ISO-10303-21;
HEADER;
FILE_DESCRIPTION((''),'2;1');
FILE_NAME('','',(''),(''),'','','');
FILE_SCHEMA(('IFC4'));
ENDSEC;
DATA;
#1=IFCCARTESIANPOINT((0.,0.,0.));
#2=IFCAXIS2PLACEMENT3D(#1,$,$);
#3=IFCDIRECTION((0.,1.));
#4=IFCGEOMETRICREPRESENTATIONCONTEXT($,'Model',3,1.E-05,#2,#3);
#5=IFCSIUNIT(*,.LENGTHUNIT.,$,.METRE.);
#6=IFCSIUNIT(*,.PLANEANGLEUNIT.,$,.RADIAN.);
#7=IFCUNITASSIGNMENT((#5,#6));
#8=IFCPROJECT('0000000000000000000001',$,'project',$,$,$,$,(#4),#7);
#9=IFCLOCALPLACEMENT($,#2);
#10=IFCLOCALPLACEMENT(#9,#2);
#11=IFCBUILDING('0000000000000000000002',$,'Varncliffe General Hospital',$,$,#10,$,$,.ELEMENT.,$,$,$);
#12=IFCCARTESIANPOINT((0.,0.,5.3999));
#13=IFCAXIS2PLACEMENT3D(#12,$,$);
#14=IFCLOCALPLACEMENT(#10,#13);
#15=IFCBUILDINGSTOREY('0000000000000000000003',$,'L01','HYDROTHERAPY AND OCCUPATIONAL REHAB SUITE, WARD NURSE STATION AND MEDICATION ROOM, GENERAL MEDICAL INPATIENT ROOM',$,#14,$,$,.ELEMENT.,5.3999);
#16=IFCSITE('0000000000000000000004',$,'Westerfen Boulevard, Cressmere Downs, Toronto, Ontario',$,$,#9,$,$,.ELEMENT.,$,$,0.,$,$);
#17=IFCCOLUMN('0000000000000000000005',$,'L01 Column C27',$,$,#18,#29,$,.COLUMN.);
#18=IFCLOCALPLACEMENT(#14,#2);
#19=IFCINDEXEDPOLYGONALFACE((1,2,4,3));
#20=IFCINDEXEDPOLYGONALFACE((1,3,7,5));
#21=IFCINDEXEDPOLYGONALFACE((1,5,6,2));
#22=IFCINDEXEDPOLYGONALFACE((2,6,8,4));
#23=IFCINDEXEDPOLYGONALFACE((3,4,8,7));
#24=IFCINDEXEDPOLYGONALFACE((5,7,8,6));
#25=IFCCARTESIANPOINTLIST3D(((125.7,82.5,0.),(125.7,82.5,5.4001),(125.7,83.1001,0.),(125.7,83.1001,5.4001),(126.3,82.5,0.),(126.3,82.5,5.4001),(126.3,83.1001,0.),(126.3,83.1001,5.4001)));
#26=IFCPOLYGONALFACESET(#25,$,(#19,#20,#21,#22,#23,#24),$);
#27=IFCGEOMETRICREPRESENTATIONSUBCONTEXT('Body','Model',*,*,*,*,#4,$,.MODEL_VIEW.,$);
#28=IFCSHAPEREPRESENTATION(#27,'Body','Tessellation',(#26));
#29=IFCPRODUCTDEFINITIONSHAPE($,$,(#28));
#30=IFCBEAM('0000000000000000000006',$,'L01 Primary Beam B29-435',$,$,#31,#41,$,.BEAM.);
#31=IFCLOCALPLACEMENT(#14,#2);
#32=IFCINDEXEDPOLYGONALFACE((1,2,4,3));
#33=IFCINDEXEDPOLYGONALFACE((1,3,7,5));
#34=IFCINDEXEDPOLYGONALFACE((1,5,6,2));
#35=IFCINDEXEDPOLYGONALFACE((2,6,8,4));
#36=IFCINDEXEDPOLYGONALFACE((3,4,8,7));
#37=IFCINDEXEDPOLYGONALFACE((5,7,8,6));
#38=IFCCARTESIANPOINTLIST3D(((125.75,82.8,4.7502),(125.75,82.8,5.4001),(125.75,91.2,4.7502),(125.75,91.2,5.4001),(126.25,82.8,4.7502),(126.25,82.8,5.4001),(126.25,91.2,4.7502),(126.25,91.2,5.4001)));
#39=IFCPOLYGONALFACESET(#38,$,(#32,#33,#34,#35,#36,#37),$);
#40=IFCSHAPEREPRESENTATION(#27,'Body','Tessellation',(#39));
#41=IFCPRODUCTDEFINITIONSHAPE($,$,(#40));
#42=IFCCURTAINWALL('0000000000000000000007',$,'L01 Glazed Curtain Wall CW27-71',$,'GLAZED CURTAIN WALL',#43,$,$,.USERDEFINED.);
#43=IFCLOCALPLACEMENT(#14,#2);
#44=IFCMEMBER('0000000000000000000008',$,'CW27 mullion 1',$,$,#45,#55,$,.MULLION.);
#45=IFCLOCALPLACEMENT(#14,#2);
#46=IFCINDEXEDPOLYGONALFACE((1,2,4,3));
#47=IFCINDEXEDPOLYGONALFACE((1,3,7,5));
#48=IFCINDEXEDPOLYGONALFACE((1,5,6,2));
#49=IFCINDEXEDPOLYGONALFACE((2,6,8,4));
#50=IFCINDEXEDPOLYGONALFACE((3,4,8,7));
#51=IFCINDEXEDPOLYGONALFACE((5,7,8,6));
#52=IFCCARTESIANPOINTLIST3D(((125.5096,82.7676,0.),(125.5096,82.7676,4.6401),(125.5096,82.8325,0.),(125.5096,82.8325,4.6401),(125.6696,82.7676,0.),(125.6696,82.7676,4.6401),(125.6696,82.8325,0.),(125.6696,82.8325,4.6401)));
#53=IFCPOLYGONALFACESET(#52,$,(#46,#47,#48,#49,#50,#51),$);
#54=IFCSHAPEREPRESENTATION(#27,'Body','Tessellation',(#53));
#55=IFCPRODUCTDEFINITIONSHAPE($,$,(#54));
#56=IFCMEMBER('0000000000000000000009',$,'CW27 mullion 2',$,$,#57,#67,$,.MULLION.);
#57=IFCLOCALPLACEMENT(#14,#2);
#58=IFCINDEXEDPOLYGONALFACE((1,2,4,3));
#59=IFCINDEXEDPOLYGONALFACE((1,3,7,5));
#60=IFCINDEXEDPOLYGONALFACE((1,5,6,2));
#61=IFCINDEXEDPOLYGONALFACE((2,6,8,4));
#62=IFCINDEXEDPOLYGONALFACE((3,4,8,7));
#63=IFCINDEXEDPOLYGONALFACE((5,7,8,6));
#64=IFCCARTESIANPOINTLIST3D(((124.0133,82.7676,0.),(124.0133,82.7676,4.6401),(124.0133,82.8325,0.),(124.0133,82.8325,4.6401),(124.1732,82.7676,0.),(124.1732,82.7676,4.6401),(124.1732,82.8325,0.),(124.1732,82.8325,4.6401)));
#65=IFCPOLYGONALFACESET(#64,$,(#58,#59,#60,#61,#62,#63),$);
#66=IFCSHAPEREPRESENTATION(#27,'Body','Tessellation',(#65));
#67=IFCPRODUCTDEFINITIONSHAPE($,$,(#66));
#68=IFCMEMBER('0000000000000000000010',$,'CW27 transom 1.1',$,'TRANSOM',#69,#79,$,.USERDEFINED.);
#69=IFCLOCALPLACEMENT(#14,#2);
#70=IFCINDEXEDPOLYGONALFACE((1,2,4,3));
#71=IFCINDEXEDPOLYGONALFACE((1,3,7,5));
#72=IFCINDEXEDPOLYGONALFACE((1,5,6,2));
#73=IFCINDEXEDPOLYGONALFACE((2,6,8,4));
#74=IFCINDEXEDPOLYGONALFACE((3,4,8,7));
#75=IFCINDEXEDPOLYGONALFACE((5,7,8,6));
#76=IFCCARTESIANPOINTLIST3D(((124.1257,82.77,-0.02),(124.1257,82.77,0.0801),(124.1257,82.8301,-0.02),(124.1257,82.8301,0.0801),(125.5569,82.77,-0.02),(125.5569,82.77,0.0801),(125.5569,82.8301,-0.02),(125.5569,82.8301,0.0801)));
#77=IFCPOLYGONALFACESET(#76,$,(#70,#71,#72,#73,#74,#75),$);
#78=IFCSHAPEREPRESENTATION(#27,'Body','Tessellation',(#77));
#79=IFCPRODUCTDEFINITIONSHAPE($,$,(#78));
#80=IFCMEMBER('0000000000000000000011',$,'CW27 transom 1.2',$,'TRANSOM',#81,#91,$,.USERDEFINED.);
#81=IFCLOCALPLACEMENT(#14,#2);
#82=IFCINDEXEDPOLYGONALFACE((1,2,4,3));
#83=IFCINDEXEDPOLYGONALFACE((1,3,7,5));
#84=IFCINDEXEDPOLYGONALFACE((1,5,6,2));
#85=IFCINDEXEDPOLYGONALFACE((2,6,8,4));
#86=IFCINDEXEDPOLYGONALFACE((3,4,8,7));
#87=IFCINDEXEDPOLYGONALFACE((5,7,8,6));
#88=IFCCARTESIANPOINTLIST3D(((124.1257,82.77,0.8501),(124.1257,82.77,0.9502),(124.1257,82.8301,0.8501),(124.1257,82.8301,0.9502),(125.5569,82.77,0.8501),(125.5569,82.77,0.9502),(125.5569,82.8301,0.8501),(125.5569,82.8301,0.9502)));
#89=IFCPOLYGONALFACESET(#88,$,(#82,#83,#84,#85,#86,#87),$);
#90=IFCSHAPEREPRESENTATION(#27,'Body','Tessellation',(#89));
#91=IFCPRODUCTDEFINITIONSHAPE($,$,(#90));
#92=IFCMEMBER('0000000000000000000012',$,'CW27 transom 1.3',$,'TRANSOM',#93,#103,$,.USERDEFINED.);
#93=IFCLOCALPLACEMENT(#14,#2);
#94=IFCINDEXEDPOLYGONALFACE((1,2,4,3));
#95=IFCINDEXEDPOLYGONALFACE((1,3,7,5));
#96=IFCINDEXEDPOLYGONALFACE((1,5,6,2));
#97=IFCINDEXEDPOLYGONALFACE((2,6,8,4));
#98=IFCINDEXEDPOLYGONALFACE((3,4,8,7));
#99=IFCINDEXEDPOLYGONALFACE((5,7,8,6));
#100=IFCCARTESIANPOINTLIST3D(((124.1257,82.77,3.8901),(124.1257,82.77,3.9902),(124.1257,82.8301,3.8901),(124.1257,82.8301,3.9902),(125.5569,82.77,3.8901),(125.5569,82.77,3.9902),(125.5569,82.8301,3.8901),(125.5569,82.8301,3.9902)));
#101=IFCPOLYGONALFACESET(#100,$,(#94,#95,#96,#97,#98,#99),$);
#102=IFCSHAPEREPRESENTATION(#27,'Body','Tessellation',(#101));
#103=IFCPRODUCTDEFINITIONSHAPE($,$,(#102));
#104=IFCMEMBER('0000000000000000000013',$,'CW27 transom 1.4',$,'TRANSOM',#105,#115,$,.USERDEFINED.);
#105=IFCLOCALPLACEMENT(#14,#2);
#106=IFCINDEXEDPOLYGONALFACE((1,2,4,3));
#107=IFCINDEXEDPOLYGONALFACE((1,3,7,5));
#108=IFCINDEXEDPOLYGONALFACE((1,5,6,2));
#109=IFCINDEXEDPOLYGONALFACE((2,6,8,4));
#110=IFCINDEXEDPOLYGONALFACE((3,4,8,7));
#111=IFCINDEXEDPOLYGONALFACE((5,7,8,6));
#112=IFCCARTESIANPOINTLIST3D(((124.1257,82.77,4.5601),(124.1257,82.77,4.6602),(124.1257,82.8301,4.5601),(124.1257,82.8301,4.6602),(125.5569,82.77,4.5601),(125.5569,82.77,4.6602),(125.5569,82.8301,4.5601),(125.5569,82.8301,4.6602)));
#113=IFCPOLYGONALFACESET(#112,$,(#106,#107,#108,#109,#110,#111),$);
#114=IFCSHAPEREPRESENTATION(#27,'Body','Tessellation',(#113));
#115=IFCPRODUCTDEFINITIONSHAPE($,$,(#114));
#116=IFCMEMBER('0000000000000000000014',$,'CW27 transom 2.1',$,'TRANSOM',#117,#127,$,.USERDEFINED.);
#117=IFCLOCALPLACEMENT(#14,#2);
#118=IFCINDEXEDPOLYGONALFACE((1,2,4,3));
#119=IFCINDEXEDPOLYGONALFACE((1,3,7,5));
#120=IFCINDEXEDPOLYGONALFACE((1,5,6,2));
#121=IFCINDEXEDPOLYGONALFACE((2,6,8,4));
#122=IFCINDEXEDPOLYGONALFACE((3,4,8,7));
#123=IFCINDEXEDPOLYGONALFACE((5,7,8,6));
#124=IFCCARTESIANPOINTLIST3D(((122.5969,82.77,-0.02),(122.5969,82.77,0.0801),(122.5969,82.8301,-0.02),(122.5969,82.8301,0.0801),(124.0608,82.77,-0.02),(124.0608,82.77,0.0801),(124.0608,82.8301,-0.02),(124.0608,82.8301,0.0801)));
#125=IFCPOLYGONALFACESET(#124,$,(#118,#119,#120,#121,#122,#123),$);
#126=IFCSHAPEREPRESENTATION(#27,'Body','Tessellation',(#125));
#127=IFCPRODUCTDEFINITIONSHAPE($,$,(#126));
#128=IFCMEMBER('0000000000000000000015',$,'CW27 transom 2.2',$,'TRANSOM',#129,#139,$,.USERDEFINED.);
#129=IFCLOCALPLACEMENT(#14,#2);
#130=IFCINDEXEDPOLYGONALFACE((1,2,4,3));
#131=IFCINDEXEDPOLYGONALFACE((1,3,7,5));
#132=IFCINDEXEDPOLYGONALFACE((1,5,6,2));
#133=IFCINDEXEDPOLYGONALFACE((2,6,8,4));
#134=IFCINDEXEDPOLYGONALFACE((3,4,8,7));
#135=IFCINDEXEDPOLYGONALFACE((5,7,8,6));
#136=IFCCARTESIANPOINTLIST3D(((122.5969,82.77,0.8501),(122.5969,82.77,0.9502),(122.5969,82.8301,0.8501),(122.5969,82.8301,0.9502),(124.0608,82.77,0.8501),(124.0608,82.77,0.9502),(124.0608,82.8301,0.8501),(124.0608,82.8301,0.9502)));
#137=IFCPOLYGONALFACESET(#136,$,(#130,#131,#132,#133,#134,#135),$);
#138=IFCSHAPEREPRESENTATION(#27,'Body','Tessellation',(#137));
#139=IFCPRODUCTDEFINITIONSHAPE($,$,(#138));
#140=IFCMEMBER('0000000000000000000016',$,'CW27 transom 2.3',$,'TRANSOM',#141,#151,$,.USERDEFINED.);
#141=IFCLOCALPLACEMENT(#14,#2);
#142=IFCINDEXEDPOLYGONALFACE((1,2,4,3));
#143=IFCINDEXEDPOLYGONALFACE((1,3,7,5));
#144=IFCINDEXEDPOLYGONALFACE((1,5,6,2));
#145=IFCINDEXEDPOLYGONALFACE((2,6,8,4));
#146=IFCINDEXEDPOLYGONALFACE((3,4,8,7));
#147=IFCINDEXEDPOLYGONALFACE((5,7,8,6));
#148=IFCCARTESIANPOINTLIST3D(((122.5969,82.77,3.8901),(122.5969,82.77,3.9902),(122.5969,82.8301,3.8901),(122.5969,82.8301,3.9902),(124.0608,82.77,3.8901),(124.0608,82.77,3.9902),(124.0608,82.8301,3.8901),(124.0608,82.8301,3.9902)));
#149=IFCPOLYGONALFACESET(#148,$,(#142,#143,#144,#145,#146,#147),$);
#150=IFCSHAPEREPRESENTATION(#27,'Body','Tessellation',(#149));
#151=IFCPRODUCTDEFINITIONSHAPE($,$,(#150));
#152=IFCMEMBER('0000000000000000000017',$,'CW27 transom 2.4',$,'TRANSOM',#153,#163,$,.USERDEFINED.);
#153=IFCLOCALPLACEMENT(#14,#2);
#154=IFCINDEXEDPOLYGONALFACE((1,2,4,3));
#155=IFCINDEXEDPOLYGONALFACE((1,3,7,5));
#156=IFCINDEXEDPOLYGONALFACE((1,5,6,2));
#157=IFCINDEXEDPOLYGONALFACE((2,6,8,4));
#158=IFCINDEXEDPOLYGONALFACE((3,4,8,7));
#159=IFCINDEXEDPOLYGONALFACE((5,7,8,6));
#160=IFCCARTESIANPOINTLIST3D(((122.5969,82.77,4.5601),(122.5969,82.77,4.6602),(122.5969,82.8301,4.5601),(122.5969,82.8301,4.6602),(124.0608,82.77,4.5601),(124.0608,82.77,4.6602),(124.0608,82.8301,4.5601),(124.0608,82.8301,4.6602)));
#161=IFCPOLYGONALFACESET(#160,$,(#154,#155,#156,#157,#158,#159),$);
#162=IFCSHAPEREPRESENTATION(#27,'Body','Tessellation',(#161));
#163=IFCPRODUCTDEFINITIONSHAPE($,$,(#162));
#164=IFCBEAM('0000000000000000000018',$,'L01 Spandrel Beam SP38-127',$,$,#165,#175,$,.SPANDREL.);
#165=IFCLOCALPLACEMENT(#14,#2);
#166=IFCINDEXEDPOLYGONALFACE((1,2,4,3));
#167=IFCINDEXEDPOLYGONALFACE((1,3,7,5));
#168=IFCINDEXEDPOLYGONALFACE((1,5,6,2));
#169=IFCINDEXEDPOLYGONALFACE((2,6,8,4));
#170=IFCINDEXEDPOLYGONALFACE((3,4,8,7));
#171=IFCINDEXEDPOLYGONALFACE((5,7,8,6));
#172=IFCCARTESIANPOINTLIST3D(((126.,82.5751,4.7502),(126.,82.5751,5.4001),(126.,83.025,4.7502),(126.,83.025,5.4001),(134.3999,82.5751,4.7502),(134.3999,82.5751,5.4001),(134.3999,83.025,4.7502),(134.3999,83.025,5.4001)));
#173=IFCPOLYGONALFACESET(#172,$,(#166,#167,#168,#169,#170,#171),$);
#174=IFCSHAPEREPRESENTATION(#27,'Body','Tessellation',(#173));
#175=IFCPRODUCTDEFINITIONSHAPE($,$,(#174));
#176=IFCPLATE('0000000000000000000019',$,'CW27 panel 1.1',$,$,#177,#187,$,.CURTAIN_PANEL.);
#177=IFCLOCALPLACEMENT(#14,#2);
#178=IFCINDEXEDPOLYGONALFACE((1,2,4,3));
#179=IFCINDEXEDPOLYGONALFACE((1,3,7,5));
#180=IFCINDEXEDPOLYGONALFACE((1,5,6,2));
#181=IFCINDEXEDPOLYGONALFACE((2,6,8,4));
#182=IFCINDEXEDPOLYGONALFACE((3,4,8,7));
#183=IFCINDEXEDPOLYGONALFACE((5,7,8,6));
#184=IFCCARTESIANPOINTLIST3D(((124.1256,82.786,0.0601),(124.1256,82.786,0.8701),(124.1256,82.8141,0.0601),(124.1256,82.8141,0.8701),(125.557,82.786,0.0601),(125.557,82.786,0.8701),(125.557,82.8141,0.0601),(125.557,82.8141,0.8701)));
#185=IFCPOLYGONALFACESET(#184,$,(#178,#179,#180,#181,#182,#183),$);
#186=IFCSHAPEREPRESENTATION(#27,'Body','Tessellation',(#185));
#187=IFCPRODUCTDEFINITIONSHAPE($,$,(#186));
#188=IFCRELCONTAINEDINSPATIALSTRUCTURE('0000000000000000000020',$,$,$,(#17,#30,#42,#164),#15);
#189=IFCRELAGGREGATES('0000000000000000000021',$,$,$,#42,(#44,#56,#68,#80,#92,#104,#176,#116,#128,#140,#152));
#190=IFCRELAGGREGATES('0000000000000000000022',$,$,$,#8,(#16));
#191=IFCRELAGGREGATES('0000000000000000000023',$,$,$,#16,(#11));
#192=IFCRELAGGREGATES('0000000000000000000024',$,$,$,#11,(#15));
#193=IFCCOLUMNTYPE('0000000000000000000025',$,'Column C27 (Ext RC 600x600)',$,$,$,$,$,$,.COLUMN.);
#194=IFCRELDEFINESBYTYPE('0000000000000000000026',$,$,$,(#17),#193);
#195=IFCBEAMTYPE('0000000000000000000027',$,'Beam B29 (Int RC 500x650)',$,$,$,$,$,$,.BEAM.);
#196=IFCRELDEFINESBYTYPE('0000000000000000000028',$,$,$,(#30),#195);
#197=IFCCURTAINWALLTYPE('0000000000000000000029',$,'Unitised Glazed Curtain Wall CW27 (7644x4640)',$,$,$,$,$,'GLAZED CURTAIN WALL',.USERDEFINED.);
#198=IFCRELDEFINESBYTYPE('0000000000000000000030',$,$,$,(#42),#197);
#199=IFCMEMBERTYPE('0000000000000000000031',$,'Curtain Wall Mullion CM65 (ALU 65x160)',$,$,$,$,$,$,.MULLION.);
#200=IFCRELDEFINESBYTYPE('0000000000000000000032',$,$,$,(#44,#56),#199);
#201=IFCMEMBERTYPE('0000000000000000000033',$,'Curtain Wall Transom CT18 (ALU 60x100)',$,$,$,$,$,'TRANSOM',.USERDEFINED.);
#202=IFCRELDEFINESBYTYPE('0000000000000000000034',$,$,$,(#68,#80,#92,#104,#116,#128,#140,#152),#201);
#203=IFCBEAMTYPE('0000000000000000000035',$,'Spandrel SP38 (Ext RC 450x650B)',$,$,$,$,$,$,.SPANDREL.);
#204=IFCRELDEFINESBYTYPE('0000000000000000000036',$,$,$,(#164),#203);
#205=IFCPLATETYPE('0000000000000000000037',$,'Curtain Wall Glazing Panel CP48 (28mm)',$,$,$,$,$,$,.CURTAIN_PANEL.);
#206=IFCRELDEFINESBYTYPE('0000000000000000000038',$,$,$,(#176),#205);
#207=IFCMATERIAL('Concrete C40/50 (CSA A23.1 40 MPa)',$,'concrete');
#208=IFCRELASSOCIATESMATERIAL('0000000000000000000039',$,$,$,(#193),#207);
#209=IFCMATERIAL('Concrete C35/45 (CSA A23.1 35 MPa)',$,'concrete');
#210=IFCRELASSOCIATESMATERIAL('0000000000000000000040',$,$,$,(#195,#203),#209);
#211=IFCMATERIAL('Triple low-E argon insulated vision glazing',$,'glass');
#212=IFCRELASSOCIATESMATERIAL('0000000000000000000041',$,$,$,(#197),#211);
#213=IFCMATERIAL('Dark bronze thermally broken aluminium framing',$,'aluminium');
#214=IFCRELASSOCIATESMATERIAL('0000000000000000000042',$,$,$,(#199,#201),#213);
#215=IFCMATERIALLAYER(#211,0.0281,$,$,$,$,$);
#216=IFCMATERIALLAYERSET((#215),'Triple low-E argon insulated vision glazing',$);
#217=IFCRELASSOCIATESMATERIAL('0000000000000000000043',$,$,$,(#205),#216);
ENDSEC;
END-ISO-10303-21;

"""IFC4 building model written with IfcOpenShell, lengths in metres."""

from ifc_helpers import new_model, si_unit, direction, frame, origin, origin_2d, place, context, subcontext, project, spatial, rectangle, extrude, material, layer, layer_set, material_profile, profile_set, type_object, element, aggregate, save


model = new_model("IFC4")

# Units and contexts
model_context = context("Model", 3, precision=1e-05, world=origin(), true_north=direction((0.0, 1.0)))
body_context = subcontext(model_context, "Body", "Model", "MODEL_VIEW")
ifc_project = project(units=[si_unit("LENGTHUNIT", "METRE"), si_unit("PLANEANGLEUNIT", "RADIAN")], contexts=[model_context])

# Site, building, storey
site_placement = place(None, origin())
site = spatial("IfcSite", under=ifc_project, at=site_placement, Name="Westerfen Boulevard, Cressmere Downs, Toronto, Ontario", CompositionType="ELEMENT", RefElevation=0.0)
building_placement = place(site_placement, origin())
building = spatial("IfcBuilding", under=site, at=building_placement, Name="Varncliffe General Hospital", CompositionType="ELEMENT")
storey_placement = place(building_placement, frame((0.0, 0.0, 5.3999)))
storey = spatial("IfcBuildingStorey", under=building, at=storey_placement, Name="L01", Description="HYDROTHERAPY AND OCCUPATIONAL REHAB SUITE, WARD NURSE STATION AND MEDICATION ROOM, GENERAL MEDICAL INPATIENT ROOM", CompositionType="ELEMENT", Elevation=5.3999)

# Column
ifc_material_1 = material(Name="Concrete C40/50 (CSA A23.1 40 MPa)", Category="concrete")
ifc_material_profile_1 = material_profile(ifc_material_1, rectangle(XDim=0.6001, YDim=0.6001, at=origin_2d()), Name="RC 600x600")
ifc_profile_set_1 = profile_set([ifc_material_profile_1], Name="Concrete C40/50 (CSA A23.1 40 MPa)")
column_type = type_object("IfcColumnType", Name="Column C27 (Ext RC 600x600)", PredefinedType="COLUMN", material=ifc_profile_set_1)
column_placement = place(storey_placement, frame((126.0, 82.8, 0.0), z_axis=(0.0, 0.0, 1.0), x_axis=(1.0, 0.0, 0.0)))
element("IfcColumn", 1, at=column_placement, inside=storey, type_object=column_type, Name="L01 Column C27", PredefinedType="COLUMN", context=body_context, shape_type="SweptSolid", body=[
    extrude(rectangle(XDim=0.6001, YDim=0.6001, at=origin_2d()), origin(), (0.0, 0.0, 1.0), 5.4001),
])

# Beam
ifc_material_2 = material(Name="Concrete C35/45 (CSA A23.1 35 MPa)", Category="concrete")
ifc_material_profile_2 = material_profile(ifc_material_2, rectangle(XDim=0.5, YDim=0.6499, at=origin_2d()), Name="RC 500x650")
ifc_profile_set_2 = profile_set([ifc_material_profile_2], Name="Concrete C35/45 (CSA A23.1 35 MPa)")
beam_type_1 = type_object("IfcBeamType", Name="Beam B29 (Int RC 500x650)", PredefinedType="BEAM", material=ifc_profile_set_2)
beam_1_placement = place(storey_placement, frame((126.0, 82.8, 5.0752), z_axis=(0.0, 1.0, 0.0), x_axis=(-1.0, 0.0, 0.0)))
element("IfcBeam", 2, at=beam_1_placement, inside=storey, type_object=beam_type_1, Name="L01 Primary Beam B29-435", PredefinedType="BEAM", context=body_context, shape_type="SweptSolid", body=[
    extrude(rectangle(XDim=0.5, YDim=0.6499, at=origin_2d()), origin(), (0.0, 0.0, 1.0), 8.3999),
])

# Curtain wall, members
ifc_material_3 = material(Name="Triple low-E argon insulated vision glazing", Category="glass")
curtain_wall_type = type_object("IfcCurtainWallType", Name="Unitised Glazed Curtain Wall CW27 (7644x4640)", ElementType="GLAZED CURTAIN WALL", PredefinedType="USERDEFINED", material=ifc_material_3)
curtain_wall_placement = place(storey_placement, origin())
curtain_wall = element("IfcCurtainWall", 3, at=curtain_wall_placement, inside=storey, type_object=curtain_wall_type, Name="L01 Glazed Curtain Wall CW27-71", ObjectType="GLAZED CURTAIN WALL", PredefinedType="USERDEFINED")
ifc_material_4 = material(Name="Dark bronze thermally broken aluminium framing", Category="aluminium")
ifc_material_profile_3 = material_profile(ifc_material_4, rectangle(XDim=0.0649, YDim=0.1599, at=origin_2d()), Name="ALU 65x160")
ifc_profile_set_3 = profile_set([ifc_material_profile_3], Name="Dark bronze thermally broken aluminium framing")
member_type_1 = type_object("IfcMemberType", Name="Curtain Wall Mullion CM65 (ALU 65x160)", PredefinedType="MULLION", material=ifc_profile_set_3)
member_1_placement = place(storey_placement, frame((125.5896, 82.8, 0.0), z_axis=(0.0, 0.0, 1.0), x_axis=(0.0, -1.0, 0.0)))
member_1 = element("IfcMember", 4, at=member_1_placement, type_object=member_type_1, Name="CW27 mullion 1", PredefinedType="MULLION", context=body_context, shape_type="SweptSolid", body=[
    extrude(rectangle(XDim=0.0649, YDim=0.1599, at=origin_2d()), origin(), (0.0, 0.0, 1.0), 4.6401),
])
member_2_placement = place(storey_placement, frame((124.0933, 82.8, 0.0), z_axis=(0.0, 0.0, 1.0), x_axis=(0.0, -1.0, 0.0)))
member_2 = element("IfcMember", 5, at=member_2_placement, type_object=member_type_1, Name="CW27 mullion 2", PredefinedType="MULLION", context=body_context, shape_type="SweptSolid", body=[
    extrude(rectangle(XDim=0.0649, YDim=0.1599, at=origin_2d()), origin(), (0.0, 0.0, 1.0), 4.6401),
])
ifc_material_profile_4 = material_profile(ifc_material_4, rectangle(XDim=0.0601, YDim=0.1001, at=origin_2d()), Name="ALU 60x100")
ifc_profile_set_4 = profile_set([ifc_material_profile_4], Name="Dark bronze thermally broken aluminium framing")
member_type_2 = type_object("IfcMemberType", Name="Curtain Wall Transom CT18 (ALU 60x100)", ElementType="TRANSOM", PredefinedType="USERDEFINED", material=ifc_profile_set_4)
member_3_placement = place(storey_placement, frame((125.5569, 82.8, 0.03), z_axis=(-1.0, 0.0, 0.0), x_axis=(0.0, -1.0, 0.0)))
member_3 = element("IfcMember", 6, at=member_3_placement, type_object=member_type_2, Name="CW27 transom 1.1", ObjectType="TRANSOM", PredefinedType="USERDEFINED", context=body_context, shape_type="SweptSolid", body=[
    extrude(rectangle(XDim=0.0601, YDim=0.1001, at=origin_2d()), origin(), (0.0, 0.0, 1.0), 1.4312),
])
member_4_placement = place(storey_placement, frame((125.5569, 82.8, 0.9001), z_axis=(-1.0, 0.0, 0.0), x_axis=(0.0, -1.0, 0.0)))
member_4 = element("IfcMember", 7, at=member_4_placement, type_object=member_type_2, Name="CW27 transom 1.2", ObjectType="TRANSOM", PredefinedType="USERDEFINED", context=body_context, shape_type="SweptSolid", body=[
    extrude(rectangle(XDim=0.0601, YDim=0.1001, at=origin_2d()), origin(), (0.0, 0.0, 1.0), 1.4312),
])
member_5_placement = place(storey_placement, frame((125.5569, 82.8, 3.9402), z_axis=(-1.0, 0.0, 0.0), x_axis=(0.0, -1.0, 0.0)))
member_5 = element("IfcMember", 8, at=member_5_placement, type_object=member_type_2, Name="CW27 transom 1.3", ObjectType="TRANSOM", PredefinedType="USERDEFINED", context=body_context, shape_type="SweptSolid", body=[
    extrude(rectangle(XDim=0.0601, YDim=0.1001, at=origin_2d()), origin(), (0.0, 0.0, 1.0), 1.4312),
])
member_6_placement = place(storey_placement, frame((125.5569, 82.8, 4.6101), z_axis=(-1.0, 0.0, 0.0), x_axis=(0.0, -1.0, 0.0)))
member_6 = element("IfcMember", 9, at=member_6_placement, type_object=member_type_2, Name="CW27 transom 1.4", ObjectType="TRANSOM", PredefinedType="USERDEFINED", context=body_context, shape_type="SweptSolid", body=[
    extrude(rectangle(XDim=0.0601, YDim=0.1001, at=origin_2d()), origin(), (0.0, 0.0, 1.0), 1.4312),
])
member_7_placement = place(storey_placement, frame((124.0608, 82.8, 0.03), z_axis=(-1.0, 0.0, 0.0), x_axis=(0.0, -1.0, 0.0)))
member_7 = element("IfcMember", 10, at=member_7_placement, type_object=member_type_2, Name="CW27 transom 2.1", ObjectType="TRANSOM", PredefinedType="USERDEFINED", context=body_context, shape_type="SweptSolid", body=[
    extrude(rectangle(XDim=0.0601, YDim=0.1001, at=origin_2d()), origin(), (0.0, 0.0, 1.0), 1.4639),
])
member_8_placement = place(storey_placement, frame((124.0608, 82.8, 0.9001), z_axis=(-1.0, 0.0, 0.0), x_axis=(0.0, -1.0, 0.0)))
member_8 = element("IfcMember", 11, at=member_8_placement, type_object=member_type_2, Name="CW27 transom 2.2", ObjectType="TRANSOM", PredefinedType="USERDEFINED", context=body_context, shape_type="SweptSolid", body=[
    extrude(rectangle(XDim=0.0601, YDim=0.1001, at=origin_2d()), origin(), (0.0, 0.0, 1.0), 1.4639),
])
member_9_placement = place(storey_placement, frame((124.0608, 82.8, 3.9402), z_axis=(-1.0, 0.0, 0.0), x_axis=(0.0, -1.0, 0.0)))
member_9 = element("IfcMember", 12, at=member_9_placement, type_object=member_type_2, Name="CW27 transom 2.3", ObjectType="TRANSOM", PredefinedType="USERDEFINED", context=body_context, shape_type="SweptSolid", body=[
    extrude(rectangle(XDim=0.0601, YDim=0.1001, at=origin_2d()), origin(), (0.0, 0.0, 1.0), 1.4639),
])
member_10_placement = place(storey_placement, frame((124.0608, 82.8, 4.6101), z_axis=(-1.0, 0.0, 0.0), x_axis=(0.0, -1.0, 0.0)))
member_10 = element("IfcMember", 13, at=member_10_placement, type_object=member_type_2, Name="CW27 transom 2.4", ObjectType="TRANSOM", PredefinedType="USERDEFINED", context=body_context, shape_type="SweptSolid", body=[
    extrude(rectangle(XDim=0.0601, YDim=0.1001, at=origin_2d()), origin(), (0.0, 0.0, 1.0), 1.4639),
])

# Beam
ifc_material_profile_5 = material_profile(ifc_material_2, rectangle(XDim=0.45, YDim=0.6499, at=origin_2d()), Name="RC 450x650")
ifc_profile_set_5 = profile_set([ifc_material_profile_5], Name="Concrete C35/45 (CSA A23.1 35 MPa)")
beam_type_2 = type_object("IfcBeamType", Name="Spandrel SP38 (Ext RC 450x650B)", PredefinedType="SPANDREL", material=ifc_profile_set_5)
beam_2_placement = place(storey_placement, frame((126.0, 82.8, 5.0752), z_axis=(1.0, 0.0, 0.0), x_axis=(0.0, 1.0, 0.0)))
element("IfcBeam", 14, at=beam_2_placement, inside=storey, type_object=beam_type_2, Name="L01 Spandrel Beam SP38-127", PredefinedType="SPANDREL", context=body_context, shape_type="SweptSolid", body=[
    extrude(rectangle(XDim=0.45, YDim=0.6499, at=origin_2d()), origin(), (0.0, 0.0, 1.0), 8.3999),
])

# Plate
ifc_layer_1 = layer(ifc_material_3, 0.0281)
ifc_layer_set_1 = layer_set([ifc_layer_1], Name="Triple low-E argon insulated vision glazing")
plate_type = type_object("IfcPlateType", Name="Curtain Wall Glazing Panel CP48 (28mm)", PredefinedType="CURTAIN_PANEL", material=ifc_layer_set_1)
plate_1_placement = place(storey_placement, frame((124.8413, 82.8, 0.0601), z_axis=(0.0, 0.0, 1.0), x_axis=(-1.0, 0.0, 0.0)))
plate_1 = element("IfcPlate", 15, at=plate_1_placement, type_object=plate_type, Name="CW27 panel 1.1", PredefinedType="CURTAIN_PANEL", context=body_context, shape_type="SweptSolid", body=[
    extrude(rectangle(XDim=1.4314, YDim=0.0281, at=origin_2d()), origin(), (0.0, 0.0, 1.0), 0.8101),
])
aggregate(curtain_wall, [member_1, member_2, member_3, member_4, member_5, member_6, plate_1, member_7, member_8, member_9, member_10])

save(model, "model.ifc")
